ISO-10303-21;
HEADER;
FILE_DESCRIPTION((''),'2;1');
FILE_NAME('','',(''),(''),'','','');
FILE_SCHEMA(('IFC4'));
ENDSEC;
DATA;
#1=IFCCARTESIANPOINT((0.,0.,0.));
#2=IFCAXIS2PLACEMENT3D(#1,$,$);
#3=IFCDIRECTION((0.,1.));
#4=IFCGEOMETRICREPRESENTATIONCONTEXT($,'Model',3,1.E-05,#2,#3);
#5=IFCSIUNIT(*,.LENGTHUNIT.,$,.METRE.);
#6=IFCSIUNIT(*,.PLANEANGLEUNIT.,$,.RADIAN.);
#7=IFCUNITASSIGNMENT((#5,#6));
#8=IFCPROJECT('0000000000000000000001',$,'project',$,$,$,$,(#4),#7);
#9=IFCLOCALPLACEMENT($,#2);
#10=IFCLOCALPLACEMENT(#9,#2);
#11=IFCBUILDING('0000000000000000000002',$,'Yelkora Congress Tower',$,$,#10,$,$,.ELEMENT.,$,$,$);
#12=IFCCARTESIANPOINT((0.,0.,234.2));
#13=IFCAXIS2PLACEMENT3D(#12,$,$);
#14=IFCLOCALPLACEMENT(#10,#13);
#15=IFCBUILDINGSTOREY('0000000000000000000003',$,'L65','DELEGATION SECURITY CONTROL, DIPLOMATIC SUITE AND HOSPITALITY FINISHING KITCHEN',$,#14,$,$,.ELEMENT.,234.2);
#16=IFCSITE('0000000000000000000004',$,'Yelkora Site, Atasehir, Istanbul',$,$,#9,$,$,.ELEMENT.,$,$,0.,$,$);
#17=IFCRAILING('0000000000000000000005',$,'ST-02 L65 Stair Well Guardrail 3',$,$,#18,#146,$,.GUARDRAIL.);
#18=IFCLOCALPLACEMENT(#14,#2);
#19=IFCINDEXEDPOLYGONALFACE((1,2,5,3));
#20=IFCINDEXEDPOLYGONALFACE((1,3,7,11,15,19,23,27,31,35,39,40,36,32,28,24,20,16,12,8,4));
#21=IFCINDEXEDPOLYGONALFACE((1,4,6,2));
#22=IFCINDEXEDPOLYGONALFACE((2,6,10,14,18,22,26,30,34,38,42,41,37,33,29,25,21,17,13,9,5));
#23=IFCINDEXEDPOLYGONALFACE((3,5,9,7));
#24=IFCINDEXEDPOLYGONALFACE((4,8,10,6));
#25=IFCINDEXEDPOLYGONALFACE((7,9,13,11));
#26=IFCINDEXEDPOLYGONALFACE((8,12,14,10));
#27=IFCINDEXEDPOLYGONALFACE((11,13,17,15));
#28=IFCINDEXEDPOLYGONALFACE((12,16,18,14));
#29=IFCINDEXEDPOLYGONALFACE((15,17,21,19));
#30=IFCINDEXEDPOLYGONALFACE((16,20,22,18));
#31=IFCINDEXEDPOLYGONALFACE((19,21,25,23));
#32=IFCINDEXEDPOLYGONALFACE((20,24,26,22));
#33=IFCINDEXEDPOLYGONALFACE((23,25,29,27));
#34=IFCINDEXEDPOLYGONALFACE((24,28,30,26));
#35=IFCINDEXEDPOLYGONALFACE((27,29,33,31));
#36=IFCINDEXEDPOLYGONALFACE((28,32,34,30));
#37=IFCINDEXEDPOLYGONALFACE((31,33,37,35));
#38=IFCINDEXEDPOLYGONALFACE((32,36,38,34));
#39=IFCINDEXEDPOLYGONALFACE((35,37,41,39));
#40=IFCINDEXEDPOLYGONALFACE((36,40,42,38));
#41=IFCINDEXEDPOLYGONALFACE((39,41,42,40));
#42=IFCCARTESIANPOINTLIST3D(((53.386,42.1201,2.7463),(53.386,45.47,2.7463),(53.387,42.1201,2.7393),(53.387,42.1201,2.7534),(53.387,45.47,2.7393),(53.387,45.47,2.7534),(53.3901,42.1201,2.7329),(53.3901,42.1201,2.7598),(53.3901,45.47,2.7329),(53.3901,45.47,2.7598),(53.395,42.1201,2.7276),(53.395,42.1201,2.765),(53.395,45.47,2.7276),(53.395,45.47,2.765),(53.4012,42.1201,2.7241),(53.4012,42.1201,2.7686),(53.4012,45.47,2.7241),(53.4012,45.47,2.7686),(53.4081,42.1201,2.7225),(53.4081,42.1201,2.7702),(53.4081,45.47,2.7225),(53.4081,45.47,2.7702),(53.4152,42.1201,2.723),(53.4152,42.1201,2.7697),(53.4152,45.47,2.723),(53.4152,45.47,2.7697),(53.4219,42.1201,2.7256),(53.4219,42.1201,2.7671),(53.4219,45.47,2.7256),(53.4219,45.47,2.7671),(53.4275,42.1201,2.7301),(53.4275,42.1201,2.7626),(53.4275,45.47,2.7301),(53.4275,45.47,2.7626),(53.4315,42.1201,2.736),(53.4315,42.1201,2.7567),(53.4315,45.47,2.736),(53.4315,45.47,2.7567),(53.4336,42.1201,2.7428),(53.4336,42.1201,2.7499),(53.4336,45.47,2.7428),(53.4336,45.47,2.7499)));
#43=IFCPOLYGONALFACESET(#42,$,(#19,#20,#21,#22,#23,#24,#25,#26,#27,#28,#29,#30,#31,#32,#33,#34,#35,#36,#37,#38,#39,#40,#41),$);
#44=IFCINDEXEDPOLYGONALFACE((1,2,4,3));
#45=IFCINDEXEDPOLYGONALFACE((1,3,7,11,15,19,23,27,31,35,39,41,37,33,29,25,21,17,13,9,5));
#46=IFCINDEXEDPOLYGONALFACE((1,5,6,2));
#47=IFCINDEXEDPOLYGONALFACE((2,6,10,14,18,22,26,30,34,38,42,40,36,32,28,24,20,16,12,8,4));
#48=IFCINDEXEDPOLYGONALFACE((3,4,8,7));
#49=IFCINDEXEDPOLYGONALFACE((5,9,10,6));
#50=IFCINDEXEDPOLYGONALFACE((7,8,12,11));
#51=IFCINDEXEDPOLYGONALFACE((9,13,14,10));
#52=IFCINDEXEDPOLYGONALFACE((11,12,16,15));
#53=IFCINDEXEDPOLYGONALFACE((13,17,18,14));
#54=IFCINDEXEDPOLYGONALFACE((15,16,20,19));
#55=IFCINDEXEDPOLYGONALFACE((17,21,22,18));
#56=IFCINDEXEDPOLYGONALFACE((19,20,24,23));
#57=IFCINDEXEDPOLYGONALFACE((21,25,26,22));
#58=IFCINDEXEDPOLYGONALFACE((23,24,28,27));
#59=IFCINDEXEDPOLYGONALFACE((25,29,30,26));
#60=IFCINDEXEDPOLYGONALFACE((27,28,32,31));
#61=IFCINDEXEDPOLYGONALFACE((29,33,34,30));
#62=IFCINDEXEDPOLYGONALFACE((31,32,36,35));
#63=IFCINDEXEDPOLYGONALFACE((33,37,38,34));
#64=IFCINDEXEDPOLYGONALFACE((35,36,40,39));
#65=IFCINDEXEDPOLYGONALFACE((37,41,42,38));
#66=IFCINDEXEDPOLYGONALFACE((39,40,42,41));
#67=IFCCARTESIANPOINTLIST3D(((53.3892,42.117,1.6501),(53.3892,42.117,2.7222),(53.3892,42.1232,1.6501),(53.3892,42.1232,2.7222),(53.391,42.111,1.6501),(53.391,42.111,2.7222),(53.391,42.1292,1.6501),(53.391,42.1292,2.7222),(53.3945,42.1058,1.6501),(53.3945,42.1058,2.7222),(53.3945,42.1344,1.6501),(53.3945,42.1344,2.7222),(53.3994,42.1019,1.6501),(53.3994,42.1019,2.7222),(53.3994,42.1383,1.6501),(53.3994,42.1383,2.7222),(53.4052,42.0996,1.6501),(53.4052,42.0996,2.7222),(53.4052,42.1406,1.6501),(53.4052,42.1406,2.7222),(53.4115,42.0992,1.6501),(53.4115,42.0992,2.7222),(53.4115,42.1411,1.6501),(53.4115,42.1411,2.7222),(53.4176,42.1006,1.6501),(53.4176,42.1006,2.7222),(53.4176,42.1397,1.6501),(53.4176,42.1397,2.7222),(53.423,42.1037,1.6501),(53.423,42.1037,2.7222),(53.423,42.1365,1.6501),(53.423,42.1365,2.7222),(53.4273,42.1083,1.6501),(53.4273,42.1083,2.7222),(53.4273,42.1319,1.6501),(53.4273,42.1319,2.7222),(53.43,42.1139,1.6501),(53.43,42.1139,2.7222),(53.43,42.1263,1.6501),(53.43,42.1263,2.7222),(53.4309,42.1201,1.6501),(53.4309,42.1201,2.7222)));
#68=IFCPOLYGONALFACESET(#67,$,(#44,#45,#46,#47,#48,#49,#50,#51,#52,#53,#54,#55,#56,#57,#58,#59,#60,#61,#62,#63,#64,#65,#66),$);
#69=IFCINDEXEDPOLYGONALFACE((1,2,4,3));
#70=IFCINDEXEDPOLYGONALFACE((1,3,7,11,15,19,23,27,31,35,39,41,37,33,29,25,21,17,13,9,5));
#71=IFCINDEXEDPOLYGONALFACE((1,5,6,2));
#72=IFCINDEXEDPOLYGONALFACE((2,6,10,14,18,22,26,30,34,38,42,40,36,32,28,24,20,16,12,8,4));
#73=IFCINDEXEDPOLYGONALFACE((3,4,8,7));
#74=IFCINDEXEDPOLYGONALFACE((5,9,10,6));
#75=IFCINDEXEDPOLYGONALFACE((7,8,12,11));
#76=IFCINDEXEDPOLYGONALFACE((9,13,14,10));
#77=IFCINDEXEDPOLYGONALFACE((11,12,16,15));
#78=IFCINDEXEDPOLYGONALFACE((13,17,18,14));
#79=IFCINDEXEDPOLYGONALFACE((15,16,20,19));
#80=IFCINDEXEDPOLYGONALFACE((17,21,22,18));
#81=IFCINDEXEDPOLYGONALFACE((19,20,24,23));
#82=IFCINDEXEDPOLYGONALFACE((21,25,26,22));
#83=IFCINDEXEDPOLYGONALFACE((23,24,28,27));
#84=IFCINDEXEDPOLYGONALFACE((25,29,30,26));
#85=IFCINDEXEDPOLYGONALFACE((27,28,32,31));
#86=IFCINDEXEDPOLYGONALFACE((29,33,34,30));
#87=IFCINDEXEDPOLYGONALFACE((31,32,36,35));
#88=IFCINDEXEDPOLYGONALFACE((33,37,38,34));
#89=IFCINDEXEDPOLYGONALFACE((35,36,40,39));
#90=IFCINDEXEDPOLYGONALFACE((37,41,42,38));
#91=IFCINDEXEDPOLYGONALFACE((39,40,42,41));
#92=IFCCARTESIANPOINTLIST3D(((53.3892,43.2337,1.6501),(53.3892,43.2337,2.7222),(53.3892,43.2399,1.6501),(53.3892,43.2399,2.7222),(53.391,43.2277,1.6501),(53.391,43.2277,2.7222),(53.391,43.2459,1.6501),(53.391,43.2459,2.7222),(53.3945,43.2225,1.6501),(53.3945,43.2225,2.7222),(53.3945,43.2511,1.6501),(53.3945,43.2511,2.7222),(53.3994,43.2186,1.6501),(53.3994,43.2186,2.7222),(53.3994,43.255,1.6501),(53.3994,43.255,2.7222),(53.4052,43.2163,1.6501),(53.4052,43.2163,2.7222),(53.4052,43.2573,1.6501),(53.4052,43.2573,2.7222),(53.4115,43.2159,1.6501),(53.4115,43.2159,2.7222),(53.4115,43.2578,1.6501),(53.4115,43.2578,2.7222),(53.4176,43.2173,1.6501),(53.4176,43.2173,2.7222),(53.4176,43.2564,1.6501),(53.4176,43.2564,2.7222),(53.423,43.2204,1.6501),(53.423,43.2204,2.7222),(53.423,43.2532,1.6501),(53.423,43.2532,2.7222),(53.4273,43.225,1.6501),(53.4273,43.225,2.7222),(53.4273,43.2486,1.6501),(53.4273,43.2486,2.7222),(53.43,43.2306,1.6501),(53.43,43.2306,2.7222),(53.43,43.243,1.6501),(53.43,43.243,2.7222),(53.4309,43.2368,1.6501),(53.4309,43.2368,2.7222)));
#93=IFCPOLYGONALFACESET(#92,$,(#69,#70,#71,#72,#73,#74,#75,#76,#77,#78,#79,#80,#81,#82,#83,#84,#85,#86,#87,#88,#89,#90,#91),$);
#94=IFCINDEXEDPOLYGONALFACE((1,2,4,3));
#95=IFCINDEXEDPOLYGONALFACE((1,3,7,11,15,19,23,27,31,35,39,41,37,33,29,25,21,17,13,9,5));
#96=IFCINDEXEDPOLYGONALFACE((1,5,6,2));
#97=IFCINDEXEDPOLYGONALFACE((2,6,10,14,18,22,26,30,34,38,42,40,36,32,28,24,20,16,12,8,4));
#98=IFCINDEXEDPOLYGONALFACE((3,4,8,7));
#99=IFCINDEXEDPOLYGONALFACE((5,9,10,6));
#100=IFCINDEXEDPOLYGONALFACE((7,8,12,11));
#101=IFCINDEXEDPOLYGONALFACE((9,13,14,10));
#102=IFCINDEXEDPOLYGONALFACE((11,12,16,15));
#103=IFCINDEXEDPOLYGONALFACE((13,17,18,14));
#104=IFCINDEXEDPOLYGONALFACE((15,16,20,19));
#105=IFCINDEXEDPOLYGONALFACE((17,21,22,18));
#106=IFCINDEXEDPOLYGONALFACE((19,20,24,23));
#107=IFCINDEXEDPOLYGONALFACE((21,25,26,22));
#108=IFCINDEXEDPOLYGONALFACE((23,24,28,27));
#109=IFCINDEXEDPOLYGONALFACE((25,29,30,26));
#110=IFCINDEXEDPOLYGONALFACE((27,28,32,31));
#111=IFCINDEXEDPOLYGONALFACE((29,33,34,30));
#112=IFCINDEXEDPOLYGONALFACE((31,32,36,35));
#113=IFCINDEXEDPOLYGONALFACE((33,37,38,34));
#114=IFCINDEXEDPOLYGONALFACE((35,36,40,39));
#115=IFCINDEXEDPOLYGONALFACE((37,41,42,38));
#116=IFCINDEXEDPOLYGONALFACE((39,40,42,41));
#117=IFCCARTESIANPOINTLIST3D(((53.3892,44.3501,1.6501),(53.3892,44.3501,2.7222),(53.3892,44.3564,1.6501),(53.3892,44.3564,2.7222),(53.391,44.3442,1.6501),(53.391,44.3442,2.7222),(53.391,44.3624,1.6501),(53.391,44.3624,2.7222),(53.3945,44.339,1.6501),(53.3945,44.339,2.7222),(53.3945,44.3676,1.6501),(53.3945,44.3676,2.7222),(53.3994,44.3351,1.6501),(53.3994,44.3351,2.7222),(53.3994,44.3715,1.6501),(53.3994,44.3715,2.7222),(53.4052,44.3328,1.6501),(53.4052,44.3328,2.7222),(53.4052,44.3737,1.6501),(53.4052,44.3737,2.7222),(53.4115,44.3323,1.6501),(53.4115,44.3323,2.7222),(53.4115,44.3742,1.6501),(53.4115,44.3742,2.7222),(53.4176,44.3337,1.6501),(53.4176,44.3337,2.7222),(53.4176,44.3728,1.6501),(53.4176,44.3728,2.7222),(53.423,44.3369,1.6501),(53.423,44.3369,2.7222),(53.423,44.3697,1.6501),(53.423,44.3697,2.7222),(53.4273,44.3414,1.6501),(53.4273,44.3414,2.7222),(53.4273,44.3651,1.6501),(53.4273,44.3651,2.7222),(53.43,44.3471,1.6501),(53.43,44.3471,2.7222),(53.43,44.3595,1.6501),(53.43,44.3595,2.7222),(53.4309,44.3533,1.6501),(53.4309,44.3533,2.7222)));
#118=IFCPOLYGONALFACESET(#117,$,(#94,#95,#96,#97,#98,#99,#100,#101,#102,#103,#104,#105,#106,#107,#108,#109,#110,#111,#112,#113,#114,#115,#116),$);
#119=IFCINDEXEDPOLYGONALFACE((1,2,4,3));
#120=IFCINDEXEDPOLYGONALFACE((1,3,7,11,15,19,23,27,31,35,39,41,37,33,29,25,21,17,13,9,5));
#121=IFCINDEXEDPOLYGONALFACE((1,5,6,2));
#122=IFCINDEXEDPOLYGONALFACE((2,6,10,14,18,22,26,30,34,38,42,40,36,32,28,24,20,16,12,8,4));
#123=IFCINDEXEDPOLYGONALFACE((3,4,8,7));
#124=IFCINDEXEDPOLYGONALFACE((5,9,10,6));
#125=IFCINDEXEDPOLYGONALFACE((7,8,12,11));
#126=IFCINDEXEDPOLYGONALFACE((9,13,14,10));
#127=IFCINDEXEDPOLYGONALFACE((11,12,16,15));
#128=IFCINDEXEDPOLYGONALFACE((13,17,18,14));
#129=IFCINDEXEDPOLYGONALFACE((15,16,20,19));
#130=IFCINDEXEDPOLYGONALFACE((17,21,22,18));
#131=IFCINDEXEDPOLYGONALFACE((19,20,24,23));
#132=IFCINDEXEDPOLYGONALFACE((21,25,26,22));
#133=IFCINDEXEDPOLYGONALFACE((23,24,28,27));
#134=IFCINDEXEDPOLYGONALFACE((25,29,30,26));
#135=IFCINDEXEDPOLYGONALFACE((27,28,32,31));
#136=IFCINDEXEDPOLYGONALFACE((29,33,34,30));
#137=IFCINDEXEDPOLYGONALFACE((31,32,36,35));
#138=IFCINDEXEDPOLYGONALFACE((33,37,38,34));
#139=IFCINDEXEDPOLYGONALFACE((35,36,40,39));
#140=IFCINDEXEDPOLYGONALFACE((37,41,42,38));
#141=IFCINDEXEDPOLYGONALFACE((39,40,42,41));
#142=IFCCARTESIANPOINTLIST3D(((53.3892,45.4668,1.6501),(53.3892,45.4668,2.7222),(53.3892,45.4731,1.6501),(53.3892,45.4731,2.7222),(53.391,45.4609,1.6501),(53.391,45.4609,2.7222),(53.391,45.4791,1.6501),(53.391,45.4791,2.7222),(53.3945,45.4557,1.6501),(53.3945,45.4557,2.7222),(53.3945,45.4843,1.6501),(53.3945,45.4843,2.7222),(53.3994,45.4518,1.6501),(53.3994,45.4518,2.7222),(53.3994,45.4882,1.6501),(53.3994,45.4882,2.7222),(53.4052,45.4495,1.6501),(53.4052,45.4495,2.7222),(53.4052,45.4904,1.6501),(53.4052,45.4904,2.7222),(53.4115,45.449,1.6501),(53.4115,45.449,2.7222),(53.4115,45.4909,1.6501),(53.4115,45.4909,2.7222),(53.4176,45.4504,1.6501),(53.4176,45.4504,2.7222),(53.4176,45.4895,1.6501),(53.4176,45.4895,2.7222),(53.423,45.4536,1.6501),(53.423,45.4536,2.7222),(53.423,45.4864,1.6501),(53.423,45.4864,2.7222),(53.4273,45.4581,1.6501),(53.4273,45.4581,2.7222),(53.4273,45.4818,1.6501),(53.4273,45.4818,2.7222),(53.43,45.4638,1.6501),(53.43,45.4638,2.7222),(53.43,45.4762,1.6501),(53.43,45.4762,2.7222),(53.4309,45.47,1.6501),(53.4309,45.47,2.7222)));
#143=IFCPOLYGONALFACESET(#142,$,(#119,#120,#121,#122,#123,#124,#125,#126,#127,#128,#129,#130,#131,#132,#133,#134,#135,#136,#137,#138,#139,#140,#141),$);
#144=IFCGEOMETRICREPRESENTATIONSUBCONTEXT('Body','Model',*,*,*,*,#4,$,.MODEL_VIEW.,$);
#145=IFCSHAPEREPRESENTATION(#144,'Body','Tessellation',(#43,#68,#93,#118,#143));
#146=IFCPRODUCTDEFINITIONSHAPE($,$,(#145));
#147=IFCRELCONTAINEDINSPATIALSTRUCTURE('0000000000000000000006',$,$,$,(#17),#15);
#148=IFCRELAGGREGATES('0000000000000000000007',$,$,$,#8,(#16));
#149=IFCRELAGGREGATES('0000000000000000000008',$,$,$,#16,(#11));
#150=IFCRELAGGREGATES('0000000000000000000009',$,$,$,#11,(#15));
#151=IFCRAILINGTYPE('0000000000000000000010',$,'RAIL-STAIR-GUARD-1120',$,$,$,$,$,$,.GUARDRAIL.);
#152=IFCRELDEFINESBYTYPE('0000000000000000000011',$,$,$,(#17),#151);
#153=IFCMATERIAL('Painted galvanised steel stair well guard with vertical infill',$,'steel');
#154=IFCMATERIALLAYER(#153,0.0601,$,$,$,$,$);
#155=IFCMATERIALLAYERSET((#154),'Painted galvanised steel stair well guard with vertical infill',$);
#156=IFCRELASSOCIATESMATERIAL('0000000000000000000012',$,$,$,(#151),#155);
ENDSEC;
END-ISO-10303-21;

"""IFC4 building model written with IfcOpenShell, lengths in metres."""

from ifc_helpers import new_model, si_unit, direction, frame, origin, origin_2d, place, context, subcontext, project, spatial, circle, extrude, material, layer, layer_set, type_object, element, save


model = new_model("IFC4")

# Units and contexts
model_context = context("Model", 3, precision=1e-05, world=origin(), true_north=direction((0.0, 1.0)))
body_context = subcontext(model_context, "Body", "Model", "MODEL_VIEW")
ifc_project = project(units=[si_unit("LENGTHUNIT", "METRE"), si_unit("PLANEANGLEUNIT", "RADIAN")], contexts=[model_context])

# Site, building, storey
site_placement = place(None, origin())
site = spatial("IfcSite", under=ifc_project, at=site_placement, Name="Yelkora Site, Atasehir, Istanbul", CompositionType="ELEMENT", RefElevation=0.0)
building_placement = place(site_placement, origin())
building = spatial("IfcBuilding", under=site, at=building_placement, Name="Yelkora Congress Tower", CompositionType="ELEMENT")
storey_placement = place(building_placement, frame((0.0, 0.0, 234.2)))
storey = spatial("IfcBuildingStorey", under=building, at=storey_placement, Name="L65", Description="DELEGATION SECURITY CONTROL, DIPLOMATIC SUITE AND HOSPITALITY FINISHING KITCHEN", CompositionType="ELEMENT", Elevation=234.2)

# Railing
ifc_material_1 = material(Name="Painted galvanised steel stair well guard with vertical infill", Category="steel")
ifc_layer_1 = layer(ifc_material_1, 0.0601)
ifc_layer_set_1 = layer_set([ifc_layer_1], Name="Painted galvanised steel stair well guard with vertical infill")
railing_type_1 = type_object("IfcRailingType", Name="RAIL-STAIR-GUARD-1120", PredefinedType="GUARDRAIL", material=ifc_layer_set_1)
railing_1_placement = place(storey_placement, frame((53.4099, 42.1201, 1.6501)))
element("IfcRailing", 1, at=railing_1_placement, inside=storey, type_object=railing_type_1, Name="ST-02 L65 Stair Well Guardrail 3", PredefinedType="GUARDRAIL", context=body_context, shape_type="SweptSolid", body=[
    extrude(circle(Radius=0.0239, at=origin_2d()), frame((0.0, 0.0, 1.0962), z_axis=(0.0, 1.0, 0.0), x_axis=(-1.0, 0.0, 0.0)), (0.0, 0.0, 1.0), 3.3499),
    extrude(circle(Radius=0.021, at=origin_2d()), origin(), (0.0, 0.0, 1.0), 1.072),
    extrude(circle(Radius=0.021, at=origin_2d()), frame((0.0, 1.1167, 0.0)), (0.0, 0.0, 1.0), 1.072),
    extrude(circle(Radius=0.021, at=origin_2d()), frame((0.0, 2.2332, 0.0)), (0.0, 0.0, 1.0), 1.072),
    extrude(circle(Radius=0.021, at=origin_2d()), frame((0.0, 3.3499, 0.0)), (0.0, 0.0, 1.0), 1.072),
])

save(model, "model.ifc")
